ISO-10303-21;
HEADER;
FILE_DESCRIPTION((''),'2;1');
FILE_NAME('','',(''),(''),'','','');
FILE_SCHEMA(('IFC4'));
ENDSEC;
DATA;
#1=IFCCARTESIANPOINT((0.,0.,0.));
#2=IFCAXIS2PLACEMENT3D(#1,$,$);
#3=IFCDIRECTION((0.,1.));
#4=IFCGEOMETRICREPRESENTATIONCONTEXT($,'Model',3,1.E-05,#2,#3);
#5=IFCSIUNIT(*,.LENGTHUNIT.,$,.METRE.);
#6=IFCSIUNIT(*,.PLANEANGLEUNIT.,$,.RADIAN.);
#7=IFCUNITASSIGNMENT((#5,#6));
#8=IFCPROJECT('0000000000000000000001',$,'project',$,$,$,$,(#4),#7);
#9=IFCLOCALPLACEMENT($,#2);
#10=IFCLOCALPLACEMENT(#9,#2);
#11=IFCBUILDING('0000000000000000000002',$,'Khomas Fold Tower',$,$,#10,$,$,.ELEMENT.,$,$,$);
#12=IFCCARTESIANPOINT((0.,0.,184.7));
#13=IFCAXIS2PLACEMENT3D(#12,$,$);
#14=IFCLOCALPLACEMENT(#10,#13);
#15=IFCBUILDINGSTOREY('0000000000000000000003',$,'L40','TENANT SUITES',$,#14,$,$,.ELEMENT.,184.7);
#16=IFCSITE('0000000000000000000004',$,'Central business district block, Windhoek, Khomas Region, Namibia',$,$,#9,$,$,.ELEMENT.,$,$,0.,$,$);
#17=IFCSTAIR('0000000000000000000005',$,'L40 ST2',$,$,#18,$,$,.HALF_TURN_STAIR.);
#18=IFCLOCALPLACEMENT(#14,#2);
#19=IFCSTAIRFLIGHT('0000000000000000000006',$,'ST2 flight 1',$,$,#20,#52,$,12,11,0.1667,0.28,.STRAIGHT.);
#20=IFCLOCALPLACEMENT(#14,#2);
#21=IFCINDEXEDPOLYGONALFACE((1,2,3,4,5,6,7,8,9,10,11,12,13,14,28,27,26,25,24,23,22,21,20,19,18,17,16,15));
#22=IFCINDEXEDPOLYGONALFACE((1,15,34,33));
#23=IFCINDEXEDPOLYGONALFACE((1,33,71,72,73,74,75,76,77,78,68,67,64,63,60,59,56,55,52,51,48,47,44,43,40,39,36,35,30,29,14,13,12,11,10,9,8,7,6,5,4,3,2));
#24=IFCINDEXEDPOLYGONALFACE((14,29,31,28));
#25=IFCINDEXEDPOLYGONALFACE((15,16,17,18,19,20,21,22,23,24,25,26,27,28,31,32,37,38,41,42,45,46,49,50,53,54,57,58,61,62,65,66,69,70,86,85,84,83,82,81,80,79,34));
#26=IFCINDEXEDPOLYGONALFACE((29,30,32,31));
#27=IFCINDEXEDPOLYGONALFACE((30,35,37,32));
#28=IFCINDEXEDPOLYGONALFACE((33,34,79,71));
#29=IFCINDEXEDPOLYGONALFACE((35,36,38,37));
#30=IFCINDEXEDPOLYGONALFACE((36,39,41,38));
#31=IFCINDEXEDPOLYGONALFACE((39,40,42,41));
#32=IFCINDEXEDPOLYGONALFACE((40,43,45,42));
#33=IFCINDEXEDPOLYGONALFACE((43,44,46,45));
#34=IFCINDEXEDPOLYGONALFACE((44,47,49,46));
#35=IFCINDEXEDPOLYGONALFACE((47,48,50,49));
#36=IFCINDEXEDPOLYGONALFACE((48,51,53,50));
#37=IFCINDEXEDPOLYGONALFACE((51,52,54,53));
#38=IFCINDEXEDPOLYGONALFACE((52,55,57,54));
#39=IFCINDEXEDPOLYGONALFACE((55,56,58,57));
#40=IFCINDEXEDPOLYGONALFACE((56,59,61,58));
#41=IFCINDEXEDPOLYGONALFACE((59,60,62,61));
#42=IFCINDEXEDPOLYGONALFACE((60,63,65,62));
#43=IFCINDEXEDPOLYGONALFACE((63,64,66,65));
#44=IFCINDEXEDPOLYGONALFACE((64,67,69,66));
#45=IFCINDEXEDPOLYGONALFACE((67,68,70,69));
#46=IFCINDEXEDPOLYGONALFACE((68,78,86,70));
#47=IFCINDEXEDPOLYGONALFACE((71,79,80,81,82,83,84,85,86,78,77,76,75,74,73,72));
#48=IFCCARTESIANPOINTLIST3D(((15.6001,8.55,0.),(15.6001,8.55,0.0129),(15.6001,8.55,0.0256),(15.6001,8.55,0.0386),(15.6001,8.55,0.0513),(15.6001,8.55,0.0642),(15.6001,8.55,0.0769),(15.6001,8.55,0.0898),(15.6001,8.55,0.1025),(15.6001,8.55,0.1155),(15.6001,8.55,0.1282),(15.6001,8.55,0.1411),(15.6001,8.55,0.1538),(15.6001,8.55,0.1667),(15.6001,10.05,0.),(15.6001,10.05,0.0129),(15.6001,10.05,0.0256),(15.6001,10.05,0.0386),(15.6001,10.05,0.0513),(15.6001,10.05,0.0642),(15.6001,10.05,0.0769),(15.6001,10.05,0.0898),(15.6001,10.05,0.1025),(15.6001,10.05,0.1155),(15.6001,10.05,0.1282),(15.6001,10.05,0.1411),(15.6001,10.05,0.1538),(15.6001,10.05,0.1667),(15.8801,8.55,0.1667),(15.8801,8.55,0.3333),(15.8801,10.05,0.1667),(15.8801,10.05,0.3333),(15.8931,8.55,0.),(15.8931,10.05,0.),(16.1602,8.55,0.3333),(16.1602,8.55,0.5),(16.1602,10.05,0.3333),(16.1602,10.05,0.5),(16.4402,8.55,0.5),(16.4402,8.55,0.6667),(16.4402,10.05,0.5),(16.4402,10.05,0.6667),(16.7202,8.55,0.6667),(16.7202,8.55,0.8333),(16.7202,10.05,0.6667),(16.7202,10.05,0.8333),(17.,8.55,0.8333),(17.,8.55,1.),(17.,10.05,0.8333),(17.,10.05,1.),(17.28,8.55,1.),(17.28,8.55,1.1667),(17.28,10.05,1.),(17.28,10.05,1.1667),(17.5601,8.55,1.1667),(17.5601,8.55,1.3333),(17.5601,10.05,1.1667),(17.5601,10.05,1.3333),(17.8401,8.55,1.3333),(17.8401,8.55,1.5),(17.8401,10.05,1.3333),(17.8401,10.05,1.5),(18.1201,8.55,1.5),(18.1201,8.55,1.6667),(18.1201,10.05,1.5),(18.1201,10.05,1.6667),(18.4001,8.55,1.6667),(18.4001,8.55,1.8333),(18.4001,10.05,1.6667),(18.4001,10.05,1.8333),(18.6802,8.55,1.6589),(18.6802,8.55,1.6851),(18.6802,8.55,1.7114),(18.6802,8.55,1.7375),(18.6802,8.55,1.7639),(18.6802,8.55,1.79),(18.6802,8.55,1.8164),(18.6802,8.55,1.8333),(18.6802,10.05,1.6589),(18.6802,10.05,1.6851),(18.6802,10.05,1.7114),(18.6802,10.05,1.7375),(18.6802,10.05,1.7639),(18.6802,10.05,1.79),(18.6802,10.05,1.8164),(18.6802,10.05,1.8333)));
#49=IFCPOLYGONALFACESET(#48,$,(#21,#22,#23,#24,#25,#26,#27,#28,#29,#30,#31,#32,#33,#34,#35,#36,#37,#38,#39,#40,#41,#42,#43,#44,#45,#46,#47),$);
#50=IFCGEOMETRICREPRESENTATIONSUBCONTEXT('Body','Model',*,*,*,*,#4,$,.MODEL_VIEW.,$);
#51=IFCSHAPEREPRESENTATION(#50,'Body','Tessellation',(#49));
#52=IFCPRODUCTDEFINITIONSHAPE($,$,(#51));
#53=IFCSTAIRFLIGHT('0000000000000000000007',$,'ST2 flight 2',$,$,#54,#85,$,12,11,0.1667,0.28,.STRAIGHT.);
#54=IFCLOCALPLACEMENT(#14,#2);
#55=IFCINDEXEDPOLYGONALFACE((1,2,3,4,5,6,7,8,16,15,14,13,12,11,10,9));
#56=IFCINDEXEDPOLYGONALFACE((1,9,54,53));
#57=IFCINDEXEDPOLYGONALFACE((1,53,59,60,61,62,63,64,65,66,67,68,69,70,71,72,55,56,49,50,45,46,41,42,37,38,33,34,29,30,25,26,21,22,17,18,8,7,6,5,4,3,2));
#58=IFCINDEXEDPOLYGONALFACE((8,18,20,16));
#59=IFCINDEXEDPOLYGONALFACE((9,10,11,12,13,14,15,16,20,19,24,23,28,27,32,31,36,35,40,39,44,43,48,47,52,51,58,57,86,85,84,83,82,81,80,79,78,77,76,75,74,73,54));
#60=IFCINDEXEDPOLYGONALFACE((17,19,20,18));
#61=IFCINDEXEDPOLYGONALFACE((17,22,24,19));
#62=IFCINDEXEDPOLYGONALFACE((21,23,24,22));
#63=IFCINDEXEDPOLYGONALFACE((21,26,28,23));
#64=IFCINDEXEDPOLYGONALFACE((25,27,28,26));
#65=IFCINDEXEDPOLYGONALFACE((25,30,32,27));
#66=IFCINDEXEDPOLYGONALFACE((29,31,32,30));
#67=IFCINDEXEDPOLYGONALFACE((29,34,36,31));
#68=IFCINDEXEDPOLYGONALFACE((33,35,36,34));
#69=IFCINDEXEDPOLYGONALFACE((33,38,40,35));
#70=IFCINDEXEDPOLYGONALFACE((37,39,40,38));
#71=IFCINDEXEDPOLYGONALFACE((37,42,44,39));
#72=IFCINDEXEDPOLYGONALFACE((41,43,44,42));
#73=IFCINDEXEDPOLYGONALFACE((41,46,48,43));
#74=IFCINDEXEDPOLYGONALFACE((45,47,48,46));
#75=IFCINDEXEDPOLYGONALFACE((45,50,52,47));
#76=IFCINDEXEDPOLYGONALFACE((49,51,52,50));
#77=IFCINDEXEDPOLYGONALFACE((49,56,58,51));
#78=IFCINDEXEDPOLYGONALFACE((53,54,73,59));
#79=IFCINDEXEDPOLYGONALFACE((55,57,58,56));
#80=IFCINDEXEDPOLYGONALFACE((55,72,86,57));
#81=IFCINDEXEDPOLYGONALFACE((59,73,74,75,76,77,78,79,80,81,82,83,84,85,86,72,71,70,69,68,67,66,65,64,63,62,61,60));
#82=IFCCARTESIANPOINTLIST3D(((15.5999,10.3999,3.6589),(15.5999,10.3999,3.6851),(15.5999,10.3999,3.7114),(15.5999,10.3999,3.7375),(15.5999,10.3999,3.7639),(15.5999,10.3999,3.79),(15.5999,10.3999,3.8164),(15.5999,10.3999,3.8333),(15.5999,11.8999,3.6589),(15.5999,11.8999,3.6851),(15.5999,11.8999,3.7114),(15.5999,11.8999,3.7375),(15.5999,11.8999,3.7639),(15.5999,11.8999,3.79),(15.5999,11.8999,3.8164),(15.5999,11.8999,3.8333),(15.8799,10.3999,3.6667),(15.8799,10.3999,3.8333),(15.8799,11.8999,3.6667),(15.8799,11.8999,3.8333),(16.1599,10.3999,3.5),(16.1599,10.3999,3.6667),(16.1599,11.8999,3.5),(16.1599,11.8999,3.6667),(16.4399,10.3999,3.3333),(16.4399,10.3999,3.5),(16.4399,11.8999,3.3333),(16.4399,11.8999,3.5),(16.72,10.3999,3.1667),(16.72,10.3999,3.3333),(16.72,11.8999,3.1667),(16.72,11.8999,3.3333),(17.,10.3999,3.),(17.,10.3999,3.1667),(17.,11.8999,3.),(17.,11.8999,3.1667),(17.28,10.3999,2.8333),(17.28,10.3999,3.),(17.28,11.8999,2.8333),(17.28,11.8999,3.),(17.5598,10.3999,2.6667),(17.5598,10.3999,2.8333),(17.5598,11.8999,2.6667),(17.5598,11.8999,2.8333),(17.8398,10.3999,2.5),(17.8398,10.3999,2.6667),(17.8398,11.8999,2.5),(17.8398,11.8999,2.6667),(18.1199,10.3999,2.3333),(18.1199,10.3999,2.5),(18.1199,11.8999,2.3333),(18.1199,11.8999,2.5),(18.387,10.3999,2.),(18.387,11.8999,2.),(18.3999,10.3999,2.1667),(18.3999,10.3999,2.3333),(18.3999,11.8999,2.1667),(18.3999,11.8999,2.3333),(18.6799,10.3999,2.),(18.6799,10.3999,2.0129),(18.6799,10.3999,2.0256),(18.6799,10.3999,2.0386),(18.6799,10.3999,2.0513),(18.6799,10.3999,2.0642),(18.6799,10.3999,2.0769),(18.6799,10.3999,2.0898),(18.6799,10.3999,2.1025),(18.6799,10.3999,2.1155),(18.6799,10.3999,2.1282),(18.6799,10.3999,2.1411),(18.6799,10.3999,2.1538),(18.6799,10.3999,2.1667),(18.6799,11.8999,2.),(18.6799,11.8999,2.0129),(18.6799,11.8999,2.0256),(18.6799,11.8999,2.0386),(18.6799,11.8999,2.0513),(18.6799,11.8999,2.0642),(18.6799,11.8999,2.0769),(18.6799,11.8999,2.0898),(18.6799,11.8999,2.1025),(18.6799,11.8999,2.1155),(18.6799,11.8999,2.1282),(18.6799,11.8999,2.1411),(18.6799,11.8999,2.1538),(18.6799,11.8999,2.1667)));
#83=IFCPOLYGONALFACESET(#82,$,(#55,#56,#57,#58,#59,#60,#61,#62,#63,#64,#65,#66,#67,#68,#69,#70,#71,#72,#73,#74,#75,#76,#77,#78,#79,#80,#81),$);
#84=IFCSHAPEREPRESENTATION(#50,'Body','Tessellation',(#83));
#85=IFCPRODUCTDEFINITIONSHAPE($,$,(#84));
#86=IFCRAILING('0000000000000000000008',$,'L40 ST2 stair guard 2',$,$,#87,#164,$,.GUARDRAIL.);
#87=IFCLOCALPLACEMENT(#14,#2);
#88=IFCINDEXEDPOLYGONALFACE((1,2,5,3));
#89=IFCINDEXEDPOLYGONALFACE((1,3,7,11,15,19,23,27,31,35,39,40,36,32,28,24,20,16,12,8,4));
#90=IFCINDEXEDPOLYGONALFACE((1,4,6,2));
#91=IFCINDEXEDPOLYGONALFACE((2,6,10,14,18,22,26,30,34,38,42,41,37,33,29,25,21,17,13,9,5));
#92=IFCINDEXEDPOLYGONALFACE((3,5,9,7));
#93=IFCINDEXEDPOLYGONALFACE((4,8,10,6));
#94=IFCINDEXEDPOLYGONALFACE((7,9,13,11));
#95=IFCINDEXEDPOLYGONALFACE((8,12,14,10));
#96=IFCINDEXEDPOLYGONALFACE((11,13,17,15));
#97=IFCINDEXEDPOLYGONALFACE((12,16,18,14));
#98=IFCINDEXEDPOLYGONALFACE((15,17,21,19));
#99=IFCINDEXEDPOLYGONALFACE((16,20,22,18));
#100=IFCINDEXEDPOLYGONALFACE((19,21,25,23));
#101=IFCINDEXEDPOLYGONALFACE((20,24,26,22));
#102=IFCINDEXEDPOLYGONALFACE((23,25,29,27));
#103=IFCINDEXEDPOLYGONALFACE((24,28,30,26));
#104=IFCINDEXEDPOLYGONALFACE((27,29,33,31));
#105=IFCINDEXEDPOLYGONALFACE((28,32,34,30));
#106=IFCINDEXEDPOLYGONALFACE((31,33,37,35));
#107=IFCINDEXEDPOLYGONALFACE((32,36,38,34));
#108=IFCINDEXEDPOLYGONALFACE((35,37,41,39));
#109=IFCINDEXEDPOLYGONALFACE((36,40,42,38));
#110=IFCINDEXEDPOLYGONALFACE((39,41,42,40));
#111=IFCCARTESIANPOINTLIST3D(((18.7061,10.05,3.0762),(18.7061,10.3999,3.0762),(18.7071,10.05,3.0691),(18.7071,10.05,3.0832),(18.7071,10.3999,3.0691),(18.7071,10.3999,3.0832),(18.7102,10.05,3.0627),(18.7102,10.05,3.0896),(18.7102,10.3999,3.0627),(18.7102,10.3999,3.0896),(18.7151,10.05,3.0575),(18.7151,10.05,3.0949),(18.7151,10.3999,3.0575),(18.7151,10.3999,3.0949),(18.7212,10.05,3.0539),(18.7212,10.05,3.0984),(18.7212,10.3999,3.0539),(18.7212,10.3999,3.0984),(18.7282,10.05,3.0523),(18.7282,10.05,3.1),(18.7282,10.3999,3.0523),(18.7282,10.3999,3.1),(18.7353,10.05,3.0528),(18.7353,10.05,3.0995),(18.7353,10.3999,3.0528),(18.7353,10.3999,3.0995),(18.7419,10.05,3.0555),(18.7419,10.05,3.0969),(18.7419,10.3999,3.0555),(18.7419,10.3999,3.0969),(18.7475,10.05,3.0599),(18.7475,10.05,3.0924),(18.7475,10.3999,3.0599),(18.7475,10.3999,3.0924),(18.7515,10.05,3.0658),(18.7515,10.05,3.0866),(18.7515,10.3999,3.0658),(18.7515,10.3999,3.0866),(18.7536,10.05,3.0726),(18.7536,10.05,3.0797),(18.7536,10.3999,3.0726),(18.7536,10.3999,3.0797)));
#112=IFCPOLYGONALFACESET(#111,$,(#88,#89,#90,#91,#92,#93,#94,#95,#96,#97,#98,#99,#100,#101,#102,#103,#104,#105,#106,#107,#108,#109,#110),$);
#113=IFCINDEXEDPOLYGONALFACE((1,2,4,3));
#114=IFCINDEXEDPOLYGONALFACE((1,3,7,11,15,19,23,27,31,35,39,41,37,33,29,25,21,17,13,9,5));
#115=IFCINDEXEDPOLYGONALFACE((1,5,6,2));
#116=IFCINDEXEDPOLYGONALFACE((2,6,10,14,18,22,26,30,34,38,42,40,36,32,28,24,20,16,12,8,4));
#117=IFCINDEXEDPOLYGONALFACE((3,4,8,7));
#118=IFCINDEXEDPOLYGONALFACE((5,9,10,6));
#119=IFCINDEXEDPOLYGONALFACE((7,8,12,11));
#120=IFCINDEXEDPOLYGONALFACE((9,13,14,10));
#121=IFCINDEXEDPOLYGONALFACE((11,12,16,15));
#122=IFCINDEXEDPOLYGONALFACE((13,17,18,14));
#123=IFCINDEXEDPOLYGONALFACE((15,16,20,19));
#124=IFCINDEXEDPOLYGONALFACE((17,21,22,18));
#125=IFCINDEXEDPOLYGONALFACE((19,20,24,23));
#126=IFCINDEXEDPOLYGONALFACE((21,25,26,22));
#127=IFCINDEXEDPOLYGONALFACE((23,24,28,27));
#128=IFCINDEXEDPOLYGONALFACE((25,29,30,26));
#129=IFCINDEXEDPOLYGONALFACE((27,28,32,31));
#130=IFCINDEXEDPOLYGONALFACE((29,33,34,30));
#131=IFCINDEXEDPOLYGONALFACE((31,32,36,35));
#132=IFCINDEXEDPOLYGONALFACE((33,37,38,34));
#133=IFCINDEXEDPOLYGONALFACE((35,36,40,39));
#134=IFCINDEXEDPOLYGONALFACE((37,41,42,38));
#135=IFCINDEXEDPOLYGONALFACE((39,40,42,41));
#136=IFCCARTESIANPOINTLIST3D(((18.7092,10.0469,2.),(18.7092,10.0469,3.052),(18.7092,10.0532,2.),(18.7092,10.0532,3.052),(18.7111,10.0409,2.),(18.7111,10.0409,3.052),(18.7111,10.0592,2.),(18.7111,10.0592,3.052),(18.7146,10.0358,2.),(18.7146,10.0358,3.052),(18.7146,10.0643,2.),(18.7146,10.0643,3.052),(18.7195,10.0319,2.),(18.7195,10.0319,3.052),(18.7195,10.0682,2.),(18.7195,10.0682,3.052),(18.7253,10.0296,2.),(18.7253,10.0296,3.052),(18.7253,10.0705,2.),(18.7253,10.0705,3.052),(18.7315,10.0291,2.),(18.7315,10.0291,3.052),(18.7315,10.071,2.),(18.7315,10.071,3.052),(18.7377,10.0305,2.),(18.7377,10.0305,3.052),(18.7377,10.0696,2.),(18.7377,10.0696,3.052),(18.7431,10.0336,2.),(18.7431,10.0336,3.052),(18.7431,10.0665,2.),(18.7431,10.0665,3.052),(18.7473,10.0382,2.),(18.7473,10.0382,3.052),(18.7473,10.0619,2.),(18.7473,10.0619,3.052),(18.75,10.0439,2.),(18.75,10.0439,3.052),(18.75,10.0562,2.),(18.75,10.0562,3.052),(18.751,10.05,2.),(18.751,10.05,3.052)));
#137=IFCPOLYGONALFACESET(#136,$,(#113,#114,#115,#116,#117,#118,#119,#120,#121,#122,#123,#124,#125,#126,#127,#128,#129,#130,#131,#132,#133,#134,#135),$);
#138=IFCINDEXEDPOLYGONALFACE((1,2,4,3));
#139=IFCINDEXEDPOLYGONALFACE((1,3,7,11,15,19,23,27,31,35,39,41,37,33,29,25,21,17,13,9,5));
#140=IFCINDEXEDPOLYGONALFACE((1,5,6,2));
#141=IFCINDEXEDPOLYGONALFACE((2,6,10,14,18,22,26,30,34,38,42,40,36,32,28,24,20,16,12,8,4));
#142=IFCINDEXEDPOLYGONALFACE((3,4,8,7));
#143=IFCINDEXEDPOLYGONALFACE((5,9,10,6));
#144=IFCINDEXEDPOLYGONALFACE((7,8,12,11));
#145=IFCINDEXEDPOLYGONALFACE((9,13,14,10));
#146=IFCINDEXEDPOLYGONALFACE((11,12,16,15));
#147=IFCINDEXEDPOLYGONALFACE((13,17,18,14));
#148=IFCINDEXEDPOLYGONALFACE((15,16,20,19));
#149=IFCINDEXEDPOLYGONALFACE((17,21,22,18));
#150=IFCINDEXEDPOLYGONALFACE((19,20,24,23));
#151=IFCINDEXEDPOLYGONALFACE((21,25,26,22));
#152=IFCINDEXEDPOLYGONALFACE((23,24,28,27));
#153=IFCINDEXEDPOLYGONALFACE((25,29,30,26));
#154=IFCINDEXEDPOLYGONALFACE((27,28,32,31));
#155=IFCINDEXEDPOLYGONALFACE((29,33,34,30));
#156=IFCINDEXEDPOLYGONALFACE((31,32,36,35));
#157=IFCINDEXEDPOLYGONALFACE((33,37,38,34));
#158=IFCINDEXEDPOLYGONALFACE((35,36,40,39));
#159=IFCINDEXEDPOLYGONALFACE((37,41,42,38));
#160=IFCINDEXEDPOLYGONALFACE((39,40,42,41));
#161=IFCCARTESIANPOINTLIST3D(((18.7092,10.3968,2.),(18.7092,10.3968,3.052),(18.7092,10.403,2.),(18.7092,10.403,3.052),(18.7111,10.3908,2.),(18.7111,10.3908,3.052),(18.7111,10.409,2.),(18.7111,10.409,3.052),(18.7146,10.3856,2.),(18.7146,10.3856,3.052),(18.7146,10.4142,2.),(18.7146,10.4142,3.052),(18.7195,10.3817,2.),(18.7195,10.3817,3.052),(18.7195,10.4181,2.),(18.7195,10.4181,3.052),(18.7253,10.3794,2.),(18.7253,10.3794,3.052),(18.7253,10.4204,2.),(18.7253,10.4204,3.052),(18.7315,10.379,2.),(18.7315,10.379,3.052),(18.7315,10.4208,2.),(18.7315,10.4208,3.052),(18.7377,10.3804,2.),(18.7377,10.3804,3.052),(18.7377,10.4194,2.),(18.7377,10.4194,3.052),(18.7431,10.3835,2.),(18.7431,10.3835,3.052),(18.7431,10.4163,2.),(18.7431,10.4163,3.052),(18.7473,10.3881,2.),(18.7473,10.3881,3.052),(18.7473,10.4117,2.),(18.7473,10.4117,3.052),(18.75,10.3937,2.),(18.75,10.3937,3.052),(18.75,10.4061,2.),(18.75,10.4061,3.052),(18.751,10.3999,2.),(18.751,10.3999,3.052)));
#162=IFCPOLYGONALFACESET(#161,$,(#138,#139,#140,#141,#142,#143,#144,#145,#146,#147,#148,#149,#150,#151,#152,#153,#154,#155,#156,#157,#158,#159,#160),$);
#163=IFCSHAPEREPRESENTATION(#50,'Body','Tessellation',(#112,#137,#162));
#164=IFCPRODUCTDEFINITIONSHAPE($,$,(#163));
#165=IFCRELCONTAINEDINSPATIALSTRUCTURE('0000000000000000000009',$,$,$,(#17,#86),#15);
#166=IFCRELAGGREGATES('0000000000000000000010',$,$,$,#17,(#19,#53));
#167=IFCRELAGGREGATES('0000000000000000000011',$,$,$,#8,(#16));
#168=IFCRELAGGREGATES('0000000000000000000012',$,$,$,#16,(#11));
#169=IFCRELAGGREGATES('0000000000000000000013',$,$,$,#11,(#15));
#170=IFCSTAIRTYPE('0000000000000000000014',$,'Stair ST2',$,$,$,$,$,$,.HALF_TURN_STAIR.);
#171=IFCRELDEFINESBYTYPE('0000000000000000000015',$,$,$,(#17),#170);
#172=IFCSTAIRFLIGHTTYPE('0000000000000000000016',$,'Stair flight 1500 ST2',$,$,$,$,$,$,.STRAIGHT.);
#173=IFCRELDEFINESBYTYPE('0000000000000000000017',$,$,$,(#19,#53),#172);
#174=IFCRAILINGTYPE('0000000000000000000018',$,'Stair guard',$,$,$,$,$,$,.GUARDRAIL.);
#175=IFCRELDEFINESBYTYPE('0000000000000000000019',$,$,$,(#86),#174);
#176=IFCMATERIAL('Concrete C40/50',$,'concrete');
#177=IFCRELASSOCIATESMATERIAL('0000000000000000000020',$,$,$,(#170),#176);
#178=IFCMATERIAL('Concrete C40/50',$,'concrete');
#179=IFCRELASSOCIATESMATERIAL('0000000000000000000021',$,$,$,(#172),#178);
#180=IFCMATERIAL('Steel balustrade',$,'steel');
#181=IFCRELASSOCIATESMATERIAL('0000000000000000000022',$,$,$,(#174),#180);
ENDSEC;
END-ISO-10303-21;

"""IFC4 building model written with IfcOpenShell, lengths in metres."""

from ifc_helpers import new_model, si_unit, direction, frame, origin, origin_2d, place, context, subcontext, project, spatial, polyline, circle, outline, extrude, source, transform, mapped, material, type_object, element, aggregate, save


model = new_model("IFC4")

# Units and contexts
model_context = context("Model", 3, precision=1e-05, world=origin(), true_north=direction((0.0, 1.0)))
body_context = subcontext(model_context, "Body", "Model", "MODEL_VIEW")
ifc_project = project(units=[si_unit("LENGTHUNIT", "METRE"), si_unit("PLANEANGLEUNIT", "RADIAN")], contexts=[model_context])

# Site, building, storey
site_placement = place(None, origin())
site = spatial("IfcSite", under=ifc_project, at=site_placement, Name="Central business district block, Windhoek, Khomas Region, Namibia", CompositionType="ELEMENT", RefElevation=0.0)
building_placement = place(site_placement, origin())
building = spatial("IfcBuilding", under=site, at=building_placement, Name="Khomas Fold Tower", CompositionType="ELEMENT")
storey_placement = place(building_placement, frame((0.0, 0.0, 184.7)))
storey = spatial("IfcBuildingStorey", under=building, at=storey_placement, Name="L40", Description="TENANT SUITES", CompositionType="ELEMENT", Elevation=184.7)

# Stair, stair flights
ifc_material_1 = material(Name="Concrete C40/50", Category="concrete")
stair_type = type_object("IfcStairType", Name="Stair ST2", PredefinedType="HALF_TURN_STAIR", material=ifc_material_1)
stair_placement = place(storey_placement, origin())
stair = element("IfcStair", 1, at=stair_placement, inside=storey, type_object=stair_type, Name="L40 ST2", PredefinedType="HALF_TURN_STAIR")
ifc_material_2 = material(Name="Concrete C40/50", Category="concrete")
stair_flight_type = type_object("IfcStairFlightType", Name="Stair flight 1500 ST2", PredefinedType="STRAIGHT", material=ifc_material_2)
shared_shape_1 = source(origin(), body_context, "Body", "SweptSolid", [
    extrude(outline(polyline([(0.0, 0.0), (0.0, 0.0129), (0.0, 0.0256), (0.0, 0.0386), (0.0, 0.0513), (0.0, 0.0642), (0.0, 0.0769), (0.0, 0.0898), (0.0, 0.1025), (0.0, 0.1155), (0.0, 0.1282), (0.0, 0.1411), (0.0, 0.1538), (0.0, 0.1667), (0.28, 0.1667), (0.28, 0.3333), (0.5601, 0.3333), (0.5601, 0.5), (0.8401, 0.5), (0.8401, 0.6667), (1.1201, 0.6667), (1.1201, 0.8333), (1.3999, 0.8333), (1.3999, 1.0), (1.6799, 1.0), (1.6799, 1.1667), (1.96, 1.1667), (1.96, 1.3333), (2.24, 1.3333), (2.24, 1.5), (2.52, 1.5), (2.52, 1.6667), (2.8, 1.6667), (2.8, 1.8333), (3.0801, 1.8333), (3.0801, 2.0), (3.0801, 1.9739), (3.0801, 1.9475), (3.0801, 1.9214), (3.0801, 1.895), (3.0801, 1.8689), (3.0801, 1.8425), (3.0801, 1.8164), (3.0801, 1.79), (3.0801, 1.7639), (3.0801, 1.7375), (3.0801, 1.7114), (3.0801, 1.6851), (3.0801, 1.6589), (0.293, 0.0), (0.0, 0.0)])), frame((0.0, 0.75, 0.0), z_axis=(0.0, -1.0, 0.0), x_axis=(1.0, 0.0, 0.0)), (0.0, 0.0, 1.0), 1.5),
])
stair_flight_1_placement = place(storey_placement, frame((15.6001, 9.3, 0.0), z_axis=(0.0, 0.0, 1.0), x_axis=(1.0, 0.0, 0.0)))
stair_flight_1 = element("IfcStairFlight", 2, at=stair_flight_1_placement, type_object=stair_flight_type, Name="ST2 flight 1", NumberOfRisers=12, NumberOfTreads=11, PredefinedType="STRAIGHT", RiserHeight=0.1667, TreadLength=0.28, context=body_context, shape_type="MappedRepresentation", body=[
    mapped(shared_shape_1, transform((0.0, 0.0, 0.0))),
])
stair_flight_2_placement = place(storey_placement, frame((18.6799, 11.1499, 2.0), z_axis=(0.0, 0.0, 1.0), x_axis=(-1.0, 0.0, 0.0)))
stair_flight_2 = element("IfcStairFlight", 3, at=stair_flight_2_placement, type_object=stair_flight_type, Name="ST2 flight 2", NumberOfRisers=12, NumberOfTreads=11, PredefinedType="STRAIGHT", RiserHeight=0.1667, TreadLength=0.28, context=body_context, shape_type="MappedRepresentation", body=[
    mapped(shared_shape_1, transform((0.0, 0.0, 0.0))),
])
aggregate(stair, [stair_flight_1, stair_flight_2])

# Railing
ifc_material_3 = material(Name="Steel balustrade", Category="steel")
railing_type_1 = type_object("IfcRailingType", Name="Stair guard", PredefinedType="GUARDRAIL", material=ifc_material_3)
shared_shape_2 = source(origin(), body_context, "Body", "SweptSolid", [
    extrude(circle(Radius=0.0239, at=origin_2d()), frame((0.0, 0.0, 1.0762), z_axis=(0.0, 1.0, 0.0), x_axis=(-1.0, 0.0, 0.0)), (0.0, 0.0, 1.0), 0.3499),
    extrude(circle(Radius=0.021, at=origin_2d()), origin(), (0.0, 0.0, 1.0), 1.052),
    extrude(circle(Radius=0.021, at=origin_2d()), frame((0.0, 0.3499, 0.0)), (0.0, 0.0, 1.0), 1.052),
])
for number, where, name in (
    (4, (18.73, 10.05, 2.0), "L40 ST2 stair guard 2"),
):
    element("IfcRailing", number, at=place(storey_placement, frame(where)), inside=storey, type_object=railing_type_1, Name=name, PredefinedType="GUARDRAIL", context=body_context, shape_type="MappedRepresentation", body=[
        mapped(shared_shape_2, transform((0.0, 0.0, 0.0))),
    ])

save(model, "model.ifc")
